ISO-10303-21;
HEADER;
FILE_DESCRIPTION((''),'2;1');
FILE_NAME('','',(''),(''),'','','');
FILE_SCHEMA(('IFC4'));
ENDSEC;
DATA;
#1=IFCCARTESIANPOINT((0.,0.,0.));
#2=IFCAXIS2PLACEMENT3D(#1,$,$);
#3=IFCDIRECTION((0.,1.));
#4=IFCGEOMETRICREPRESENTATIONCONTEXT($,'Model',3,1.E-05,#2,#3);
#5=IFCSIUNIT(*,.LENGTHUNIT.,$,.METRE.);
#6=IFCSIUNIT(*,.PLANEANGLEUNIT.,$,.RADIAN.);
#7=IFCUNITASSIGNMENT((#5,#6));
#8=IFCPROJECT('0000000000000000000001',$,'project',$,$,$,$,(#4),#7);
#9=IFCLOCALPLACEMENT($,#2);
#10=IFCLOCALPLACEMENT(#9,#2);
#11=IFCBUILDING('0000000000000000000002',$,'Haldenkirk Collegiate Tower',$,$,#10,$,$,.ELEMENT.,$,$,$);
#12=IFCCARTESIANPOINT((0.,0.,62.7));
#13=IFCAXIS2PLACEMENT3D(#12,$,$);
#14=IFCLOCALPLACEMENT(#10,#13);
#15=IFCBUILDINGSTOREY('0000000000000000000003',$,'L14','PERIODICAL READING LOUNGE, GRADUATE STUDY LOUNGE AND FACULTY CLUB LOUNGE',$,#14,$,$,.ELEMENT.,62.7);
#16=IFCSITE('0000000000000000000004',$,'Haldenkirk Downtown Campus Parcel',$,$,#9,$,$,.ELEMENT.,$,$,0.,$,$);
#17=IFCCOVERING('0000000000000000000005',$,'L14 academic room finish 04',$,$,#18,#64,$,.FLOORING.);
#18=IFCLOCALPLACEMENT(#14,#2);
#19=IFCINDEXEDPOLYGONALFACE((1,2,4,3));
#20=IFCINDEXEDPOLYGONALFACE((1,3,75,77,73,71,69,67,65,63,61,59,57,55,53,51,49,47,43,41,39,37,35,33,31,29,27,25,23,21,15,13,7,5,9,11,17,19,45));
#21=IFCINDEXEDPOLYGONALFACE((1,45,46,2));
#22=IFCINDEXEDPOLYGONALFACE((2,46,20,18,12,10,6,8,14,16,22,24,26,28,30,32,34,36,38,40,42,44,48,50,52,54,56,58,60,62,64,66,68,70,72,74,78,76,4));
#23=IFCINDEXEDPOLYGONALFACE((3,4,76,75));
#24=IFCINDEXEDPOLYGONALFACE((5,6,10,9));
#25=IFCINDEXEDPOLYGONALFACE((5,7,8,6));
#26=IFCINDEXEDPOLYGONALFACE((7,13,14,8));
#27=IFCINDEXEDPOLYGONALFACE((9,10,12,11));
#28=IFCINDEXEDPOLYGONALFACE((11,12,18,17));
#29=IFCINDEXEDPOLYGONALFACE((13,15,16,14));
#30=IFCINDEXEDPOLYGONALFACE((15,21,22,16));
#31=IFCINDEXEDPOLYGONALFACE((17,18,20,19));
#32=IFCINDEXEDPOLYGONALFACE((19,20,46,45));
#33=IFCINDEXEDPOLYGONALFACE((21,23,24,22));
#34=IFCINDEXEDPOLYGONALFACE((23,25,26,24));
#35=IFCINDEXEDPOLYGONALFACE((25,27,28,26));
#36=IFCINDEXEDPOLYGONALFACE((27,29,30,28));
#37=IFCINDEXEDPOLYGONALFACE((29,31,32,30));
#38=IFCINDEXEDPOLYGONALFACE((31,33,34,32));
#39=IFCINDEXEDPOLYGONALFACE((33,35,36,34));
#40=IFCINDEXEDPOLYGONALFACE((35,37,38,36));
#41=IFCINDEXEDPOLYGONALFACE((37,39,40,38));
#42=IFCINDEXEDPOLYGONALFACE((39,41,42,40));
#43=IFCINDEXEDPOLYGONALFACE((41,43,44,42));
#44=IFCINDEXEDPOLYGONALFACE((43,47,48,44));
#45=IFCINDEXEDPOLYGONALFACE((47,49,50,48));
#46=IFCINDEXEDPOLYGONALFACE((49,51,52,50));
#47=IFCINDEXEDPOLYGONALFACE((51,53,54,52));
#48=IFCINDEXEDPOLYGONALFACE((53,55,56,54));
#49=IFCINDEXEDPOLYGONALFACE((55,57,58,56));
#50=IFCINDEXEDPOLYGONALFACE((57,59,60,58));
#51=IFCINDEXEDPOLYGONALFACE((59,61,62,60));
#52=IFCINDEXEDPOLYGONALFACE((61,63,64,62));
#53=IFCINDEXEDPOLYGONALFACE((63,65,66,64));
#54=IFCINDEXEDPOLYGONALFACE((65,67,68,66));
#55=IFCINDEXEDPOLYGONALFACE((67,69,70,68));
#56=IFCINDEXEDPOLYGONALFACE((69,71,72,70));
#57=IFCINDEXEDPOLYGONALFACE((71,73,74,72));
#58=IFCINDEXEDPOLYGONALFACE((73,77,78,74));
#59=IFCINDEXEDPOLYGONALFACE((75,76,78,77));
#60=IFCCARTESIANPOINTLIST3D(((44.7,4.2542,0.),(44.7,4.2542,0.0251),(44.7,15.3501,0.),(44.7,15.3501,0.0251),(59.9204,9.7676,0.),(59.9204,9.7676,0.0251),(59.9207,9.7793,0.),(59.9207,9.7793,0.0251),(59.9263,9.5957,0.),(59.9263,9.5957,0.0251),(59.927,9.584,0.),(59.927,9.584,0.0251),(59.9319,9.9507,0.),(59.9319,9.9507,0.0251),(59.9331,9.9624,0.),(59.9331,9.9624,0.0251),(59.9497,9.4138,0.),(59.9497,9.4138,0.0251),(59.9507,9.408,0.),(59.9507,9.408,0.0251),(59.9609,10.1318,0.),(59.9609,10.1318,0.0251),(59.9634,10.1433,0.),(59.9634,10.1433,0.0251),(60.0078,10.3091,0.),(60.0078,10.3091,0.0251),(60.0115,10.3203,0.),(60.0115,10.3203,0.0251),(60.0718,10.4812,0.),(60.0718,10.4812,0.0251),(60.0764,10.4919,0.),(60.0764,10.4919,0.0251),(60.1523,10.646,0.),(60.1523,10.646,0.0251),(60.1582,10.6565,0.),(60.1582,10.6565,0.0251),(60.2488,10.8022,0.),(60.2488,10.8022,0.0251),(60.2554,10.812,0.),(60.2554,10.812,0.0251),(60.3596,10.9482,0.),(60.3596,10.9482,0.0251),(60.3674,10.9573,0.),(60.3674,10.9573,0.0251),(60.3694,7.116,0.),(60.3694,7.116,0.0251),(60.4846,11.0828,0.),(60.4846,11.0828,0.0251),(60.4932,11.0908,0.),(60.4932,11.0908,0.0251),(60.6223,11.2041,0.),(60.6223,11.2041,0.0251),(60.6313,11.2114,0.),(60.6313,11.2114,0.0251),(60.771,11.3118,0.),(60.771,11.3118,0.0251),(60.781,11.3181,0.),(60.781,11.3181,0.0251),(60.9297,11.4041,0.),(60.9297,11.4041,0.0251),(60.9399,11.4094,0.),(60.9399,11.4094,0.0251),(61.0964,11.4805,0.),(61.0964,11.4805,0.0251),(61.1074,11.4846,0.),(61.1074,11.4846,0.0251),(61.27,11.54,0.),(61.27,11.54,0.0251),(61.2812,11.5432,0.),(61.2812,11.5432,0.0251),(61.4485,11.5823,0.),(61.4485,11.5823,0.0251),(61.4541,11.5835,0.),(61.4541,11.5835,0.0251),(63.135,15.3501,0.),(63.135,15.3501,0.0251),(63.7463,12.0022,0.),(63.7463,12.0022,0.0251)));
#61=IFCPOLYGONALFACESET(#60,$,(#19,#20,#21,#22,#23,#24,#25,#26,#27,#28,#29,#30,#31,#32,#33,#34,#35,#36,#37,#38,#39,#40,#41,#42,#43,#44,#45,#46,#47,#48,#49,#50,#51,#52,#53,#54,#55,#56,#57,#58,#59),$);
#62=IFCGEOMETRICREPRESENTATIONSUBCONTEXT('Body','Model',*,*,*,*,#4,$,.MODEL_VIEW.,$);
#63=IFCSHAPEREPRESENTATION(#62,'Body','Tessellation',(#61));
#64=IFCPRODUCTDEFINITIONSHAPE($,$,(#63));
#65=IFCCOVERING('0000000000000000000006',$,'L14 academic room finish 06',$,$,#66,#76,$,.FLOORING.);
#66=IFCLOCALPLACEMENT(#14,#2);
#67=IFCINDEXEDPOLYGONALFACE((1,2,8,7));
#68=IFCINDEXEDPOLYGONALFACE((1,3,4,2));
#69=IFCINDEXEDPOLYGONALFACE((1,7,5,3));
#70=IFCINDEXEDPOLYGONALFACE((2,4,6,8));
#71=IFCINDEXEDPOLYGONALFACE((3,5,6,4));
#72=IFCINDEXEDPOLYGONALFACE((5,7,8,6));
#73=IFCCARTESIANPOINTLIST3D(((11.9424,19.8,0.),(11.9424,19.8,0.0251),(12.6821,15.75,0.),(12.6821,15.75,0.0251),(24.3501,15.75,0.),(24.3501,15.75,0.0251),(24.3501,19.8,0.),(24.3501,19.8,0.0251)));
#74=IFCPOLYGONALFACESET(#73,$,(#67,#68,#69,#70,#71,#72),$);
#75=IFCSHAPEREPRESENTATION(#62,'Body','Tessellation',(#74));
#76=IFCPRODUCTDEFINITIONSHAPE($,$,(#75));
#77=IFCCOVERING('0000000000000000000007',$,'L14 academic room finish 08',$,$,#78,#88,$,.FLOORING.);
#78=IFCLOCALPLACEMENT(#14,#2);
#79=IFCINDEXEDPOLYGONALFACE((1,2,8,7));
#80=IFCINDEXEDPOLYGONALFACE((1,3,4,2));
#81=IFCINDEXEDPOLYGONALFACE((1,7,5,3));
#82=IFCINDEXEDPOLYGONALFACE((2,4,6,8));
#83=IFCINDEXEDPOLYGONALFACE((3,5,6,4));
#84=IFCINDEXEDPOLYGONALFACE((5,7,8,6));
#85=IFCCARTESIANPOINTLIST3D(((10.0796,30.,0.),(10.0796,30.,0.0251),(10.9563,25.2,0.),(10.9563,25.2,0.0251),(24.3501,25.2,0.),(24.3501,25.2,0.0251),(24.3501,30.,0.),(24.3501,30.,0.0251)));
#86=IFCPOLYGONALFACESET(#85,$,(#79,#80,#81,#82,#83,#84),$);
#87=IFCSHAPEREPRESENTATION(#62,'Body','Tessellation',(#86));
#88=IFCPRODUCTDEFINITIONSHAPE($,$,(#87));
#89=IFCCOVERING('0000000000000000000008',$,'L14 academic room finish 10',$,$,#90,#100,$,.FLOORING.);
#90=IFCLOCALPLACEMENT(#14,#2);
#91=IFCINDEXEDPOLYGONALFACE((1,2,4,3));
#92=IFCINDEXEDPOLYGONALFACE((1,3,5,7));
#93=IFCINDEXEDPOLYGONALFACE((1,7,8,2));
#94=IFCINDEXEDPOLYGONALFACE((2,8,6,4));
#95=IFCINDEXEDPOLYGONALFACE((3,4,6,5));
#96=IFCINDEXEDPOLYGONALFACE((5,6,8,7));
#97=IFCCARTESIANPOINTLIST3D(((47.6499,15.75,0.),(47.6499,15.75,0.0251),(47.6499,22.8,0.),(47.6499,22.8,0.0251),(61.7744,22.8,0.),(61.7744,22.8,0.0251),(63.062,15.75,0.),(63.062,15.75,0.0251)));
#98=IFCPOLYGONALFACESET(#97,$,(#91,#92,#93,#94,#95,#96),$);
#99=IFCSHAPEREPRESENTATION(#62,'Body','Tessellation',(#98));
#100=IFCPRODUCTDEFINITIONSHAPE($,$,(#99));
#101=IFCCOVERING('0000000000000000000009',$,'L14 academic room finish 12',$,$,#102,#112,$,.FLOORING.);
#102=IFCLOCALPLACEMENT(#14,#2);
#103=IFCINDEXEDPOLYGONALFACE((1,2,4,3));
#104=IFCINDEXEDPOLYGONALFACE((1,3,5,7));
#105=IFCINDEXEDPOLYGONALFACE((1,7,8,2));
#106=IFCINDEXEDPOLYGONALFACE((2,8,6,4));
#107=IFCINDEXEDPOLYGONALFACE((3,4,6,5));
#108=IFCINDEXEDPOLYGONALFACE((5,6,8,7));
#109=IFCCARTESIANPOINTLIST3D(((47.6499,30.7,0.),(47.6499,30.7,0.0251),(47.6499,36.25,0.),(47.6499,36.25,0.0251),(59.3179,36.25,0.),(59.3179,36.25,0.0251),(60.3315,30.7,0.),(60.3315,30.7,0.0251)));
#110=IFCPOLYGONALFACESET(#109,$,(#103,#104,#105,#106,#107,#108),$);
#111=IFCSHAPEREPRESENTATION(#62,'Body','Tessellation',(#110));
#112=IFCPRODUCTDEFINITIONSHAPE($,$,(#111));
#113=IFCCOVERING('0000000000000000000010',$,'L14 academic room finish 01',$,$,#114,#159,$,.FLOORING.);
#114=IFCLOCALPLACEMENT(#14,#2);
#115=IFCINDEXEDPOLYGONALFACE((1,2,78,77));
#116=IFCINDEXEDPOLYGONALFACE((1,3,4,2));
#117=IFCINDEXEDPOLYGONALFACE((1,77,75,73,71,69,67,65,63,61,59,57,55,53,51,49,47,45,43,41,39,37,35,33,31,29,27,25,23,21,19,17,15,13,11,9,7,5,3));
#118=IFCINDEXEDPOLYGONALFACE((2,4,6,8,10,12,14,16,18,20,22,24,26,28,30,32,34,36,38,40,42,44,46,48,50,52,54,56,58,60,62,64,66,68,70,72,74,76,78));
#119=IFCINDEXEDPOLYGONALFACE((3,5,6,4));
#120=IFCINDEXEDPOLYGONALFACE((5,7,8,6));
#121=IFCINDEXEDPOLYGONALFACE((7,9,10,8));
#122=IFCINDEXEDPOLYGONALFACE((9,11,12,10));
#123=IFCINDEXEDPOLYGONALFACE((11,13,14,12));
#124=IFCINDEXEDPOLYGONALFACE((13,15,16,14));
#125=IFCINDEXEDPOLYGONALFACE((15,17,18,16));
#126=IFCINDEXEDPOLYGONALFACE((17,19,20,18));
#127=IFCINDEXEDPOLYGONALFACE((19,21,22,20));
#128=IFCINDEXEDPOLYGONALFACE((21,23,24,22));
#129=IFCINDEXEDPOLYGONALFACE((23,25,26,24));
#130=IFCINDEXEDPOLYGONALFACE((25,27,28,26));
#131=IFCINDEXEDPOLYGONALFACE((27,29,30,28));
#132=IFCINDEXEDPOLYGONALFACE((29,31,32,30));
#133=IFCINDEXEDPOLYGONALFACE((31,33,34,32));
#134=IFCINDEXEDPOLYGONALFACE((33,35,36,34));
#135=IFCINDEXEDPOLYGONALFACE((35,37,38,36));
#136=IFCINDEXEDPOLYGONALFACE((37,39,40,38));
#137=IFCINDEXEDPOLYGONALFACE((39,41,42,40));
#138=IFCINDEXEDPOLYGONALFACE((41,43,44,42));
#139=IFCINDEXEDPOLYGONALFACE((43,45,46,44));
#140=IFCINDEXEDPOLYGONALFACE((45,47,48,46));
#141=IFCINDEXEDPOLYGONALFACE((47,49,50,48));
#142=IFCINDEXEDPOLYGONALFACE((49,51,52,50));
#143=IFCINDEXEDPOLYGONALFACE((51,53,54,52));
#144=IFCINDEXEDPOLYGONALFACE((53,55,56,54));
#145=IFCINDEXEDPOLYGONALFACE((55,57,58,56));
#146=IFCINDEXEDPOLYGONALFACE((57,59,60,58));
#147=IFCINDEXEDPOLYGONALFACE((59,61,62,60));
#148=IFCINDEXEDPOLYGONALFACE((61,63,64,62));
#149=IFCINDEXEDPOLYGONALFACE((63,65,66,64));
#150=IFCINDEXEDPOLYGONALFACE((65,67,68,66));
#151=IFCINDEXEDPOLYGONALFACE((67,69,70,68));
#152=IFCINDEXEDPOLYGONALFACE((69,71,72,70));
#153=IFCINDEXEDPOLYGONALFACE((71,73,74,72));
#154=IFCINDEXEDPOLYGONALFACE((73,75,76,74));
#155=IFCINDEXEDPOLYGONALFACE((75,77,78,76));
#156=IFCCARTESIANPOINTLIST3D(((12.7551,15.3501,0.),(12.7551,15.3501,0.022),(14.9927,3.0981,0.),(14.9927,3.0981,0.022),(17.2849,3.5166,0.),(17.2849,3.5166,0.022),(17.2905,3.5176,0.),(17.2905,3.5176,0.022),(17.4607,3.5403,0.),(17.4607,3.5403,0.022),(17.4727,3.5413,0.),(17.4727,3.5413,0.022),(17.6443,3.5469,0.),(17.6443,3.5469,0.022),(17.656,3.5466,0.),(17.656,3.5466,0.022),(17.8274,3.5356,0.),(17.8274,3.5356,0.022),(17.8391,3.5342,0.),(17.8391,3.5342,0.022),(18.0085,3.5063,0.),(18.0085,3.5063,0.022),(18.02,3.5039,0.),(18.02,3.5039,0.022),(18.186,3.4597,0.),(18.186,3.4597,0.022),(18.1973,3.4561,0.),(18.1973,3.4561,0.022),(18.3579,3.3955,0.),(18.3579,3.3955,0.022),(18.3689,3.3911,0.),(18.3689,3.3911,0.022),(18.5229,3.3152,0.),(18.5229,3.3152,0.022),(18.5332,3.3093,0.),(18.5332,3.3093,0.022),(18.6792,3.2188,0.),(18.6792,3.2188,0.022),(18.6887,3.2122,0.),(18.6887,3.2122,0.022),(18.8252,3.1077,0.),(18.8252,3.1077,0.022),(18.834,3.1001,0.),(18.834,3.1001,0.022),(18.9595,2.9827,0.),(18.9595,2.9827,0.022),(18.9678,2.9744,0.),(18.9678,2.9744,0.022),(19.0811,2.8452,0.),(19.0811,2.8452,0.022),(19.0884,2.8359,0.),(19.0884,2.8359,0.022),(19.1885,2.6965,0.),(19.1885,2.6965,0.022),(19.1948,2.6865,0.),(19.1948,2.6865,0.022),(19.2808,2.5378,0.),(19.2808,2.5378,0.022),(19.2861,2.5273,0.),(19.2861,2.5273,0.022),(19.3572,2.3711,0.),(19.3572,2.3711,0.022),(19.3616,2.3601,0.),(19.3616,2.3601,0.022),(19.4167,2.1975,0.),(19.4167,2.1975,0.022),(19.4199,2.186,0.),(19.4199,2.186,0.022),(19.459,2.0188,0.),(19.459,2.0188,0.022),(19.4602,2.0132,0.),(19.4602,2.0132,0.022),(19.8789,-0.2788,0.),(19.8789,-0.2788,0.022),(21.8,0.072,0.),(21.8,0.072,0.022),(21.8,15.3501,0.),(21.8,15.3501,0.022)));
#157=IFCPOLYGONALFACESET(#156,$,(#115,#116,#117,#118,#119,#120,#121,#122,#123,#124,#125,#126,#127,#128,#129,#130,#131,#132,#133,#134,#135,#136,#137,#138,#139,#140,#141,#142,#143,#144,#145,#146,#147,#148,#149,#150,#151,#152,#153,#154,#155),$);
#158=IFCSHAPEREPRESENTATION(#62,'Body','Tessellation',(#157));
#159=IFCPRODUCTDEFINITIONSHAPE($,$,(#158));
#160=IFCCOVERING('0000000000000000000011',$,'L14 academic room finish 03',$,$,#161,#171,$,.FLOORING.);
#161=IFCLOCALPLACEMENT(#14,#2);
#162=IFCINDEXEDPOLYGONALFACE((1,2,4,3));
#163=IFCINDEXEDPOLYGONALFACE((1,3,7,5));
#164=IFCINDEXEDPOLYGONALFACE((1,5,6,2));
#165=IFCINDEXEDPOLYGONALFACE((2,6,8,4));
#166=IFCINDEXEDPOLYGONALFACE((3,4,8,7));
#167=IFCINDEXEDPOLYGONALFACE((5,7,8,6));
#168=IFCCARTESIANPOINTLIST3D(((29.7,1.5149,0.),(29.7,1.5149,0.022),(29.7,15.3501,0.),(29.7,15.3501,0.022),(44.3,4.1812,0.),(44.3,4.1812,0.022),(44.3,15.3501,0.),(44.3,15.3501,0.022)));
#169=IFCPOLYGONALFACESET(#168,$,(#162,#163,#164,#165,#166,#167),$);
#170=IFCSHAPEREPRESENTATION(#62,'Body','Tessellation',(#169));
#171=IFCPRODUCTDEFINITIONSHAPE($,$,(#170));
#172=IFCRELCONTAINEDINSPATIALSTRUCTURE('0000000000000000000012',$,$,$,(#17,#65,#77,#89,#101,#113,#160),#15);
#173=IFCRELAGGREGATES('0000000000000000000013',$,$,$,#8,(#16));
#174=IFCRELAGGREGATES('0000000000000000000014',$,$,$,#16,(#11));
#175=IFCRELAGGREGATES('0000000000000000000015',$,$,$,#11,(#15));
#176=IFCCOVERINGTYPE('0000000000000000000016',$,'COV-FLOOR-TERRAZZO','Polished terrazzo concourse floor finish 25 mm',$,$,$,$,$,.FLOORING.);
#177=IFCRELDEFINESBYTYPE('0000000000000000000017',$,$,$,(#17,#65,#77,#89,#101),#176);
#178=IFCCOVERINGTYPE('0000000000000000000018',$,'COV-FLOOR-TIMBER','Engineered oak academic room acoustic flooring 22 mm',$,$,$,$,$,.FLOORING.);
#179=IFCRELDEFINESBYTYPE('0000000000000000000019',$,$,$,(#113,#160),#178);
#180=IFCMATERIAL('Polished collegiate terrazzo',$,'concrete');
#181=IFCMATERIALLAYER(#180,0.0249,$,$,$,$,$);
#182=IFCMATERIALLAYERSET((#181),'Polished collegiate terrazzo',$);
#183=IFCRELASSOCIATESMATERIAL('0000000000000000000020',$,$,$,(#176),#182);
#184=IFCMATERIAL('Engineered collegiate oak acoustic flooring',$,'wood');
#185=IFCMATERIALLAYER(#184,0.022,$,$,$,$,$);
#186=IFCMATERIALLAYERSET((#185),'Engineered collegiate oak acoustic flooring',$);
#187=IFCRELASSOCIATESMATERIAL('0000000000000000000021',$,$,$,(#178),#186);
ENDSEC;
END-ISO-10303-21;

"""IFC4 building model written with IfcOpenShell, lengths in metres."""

from ifc_helpers import new_model, si_unit, direction, frame, origin, place, context, subcontext, project, spatial, polyline, outline, extrude, material, layer, layer_set, type_object, element, save


model = new_model("IFC4")

# Units and contexts
model_context = context("Model", 3, precision=1e-05, world=origin(), true_north=direction((0.0, 1.0)))
body_context = subcontext(model_context, "Body", "Model", "MODEL_VIEW")
ifc_project = project(units=[si_unit("LENGTHUNIT", "METRE"), si_unit("PLANEANGLEUNIT", "RADIAN")], contexts=[model_context])

# Site, building, storey
site_placement = place(None, origin())
site = spatial("IfcSite", under=ifc_project, at=site_placement, Name="Haldenkirk Downtown Campus Parcel", CompositionType="ELEMENT", RefElevation=0.0)
building_placement = place(site_placement, origin())
building = spatial("IfcBuilding", under=site, at=building_placement, Name="Haldenkirk Collegiate Tower", CompositionType="ELEMENT")
storey_placement = place(building_placement, frame((0.0, 0.0, 62.7)))
storey = spatial("IfcBuildingStorey", under=building, at=storey_placement, Name="L14", Description="PERIODICAL READING LOUNGE, GRADUATE STUDY LOUNGE AND FACULTY CLUB LOUNGE", CompositionType="ELEMENT", Elevation=62.7)

# Coverings
ifc_material_1 = material(Name="Polished collegiate terrazzo", Category="concrete")
ifc_layer_1 = layer(ifc_material_1, 0.0249)
ifc_layer_set_1 = layer_set([ifc_layer_1], Name="Polished collegiate terrazzo")
covering_type_1 = type_object("IfcCoveringType", Name="COV-FLOOR-TERRAZZO", Description="Polished terrazzo concourse floor finish 25 mm", PredefinedType="FLOORING", material=ifc_layer_set_1)
covering_1_placement = place(storey_placement, origin())
element("IfcCovering", 1, at=covering_1_placement, inside=storey, type_object=covering_type_1, Name="L14 academic room finish 04", PredefinedType="FLOORING", context=body_context, shape_type="SweptSolid", body=[
    extrude(outline(polyline([(63.7463, 12.0022), (61.4541, 11.5835), (61.4485, 11.5823), (61.2812, 11.5432), (61.27, 11.54), (61.1074, 11.4846), (61.0964, 11.4805), (60.9399, 11.4094), (60.9297, 11.4041), (60.781, 11.3181), (60.771, 11.3118), (60.6313, 11.2114), (60.6223, 11.2041), (60.4932, 11.0908), (60.4846, 11.0828), (60.3674, 10.9573), (60.3596, 10.9482), (60.2554, 10.812), (60.2488, 10.8022), (60.1582, 10.6565), (60.1523, 10.646), (60.0764, 10.4919), (60.0718, 10.4812), (60.0115, 10.3203), (60.0078, 10.3091), (59.9634, 10.1433), (59.9609, 10.1318), (59.9331, 9.9624), (59.9319, 9.9507), (59.9207, 9.7793), (59.9204, 9.7676), (59.9263, 9.5957), (59.927, 9.584), (59.9497, 9.4138), (59.9507, 9.408), (60.3694, 7.116), (44.7, 4.2542), (44.7, 15.3501), (63.135, 15.3501), (63.7463, 12.0022)])), origin(), (0.0, 0.0, 1.0), 0.0251),
])
covering_2_placement = place(storey_placement, origin())
element("IfcCovering", 2, at=covering_2_placement, inside=storey, type_object=covering_type_1, Name="L14 academic room finish 06", PredefinedType="FLOORING", context=body_context, shape_type="SweptSolid", body=[
    extrude(outline(polyline([(11.9424, 19.8), (24.3501, 19.8), (24.3501, 15.75), (12.6821, 15.75), (11.9424, 19.8)])), origin(), (0.0, 0.0, 1.0), 0.0251),
])
covering_3_placement = place(storey_placement, origin())
element("IfcCovering", 3, at=covering_3_placement, inside=storey, type_object=covering_type_1, Name="L14 academic room finish 08", PredefinedType="FLOORING", context=body_context, shape_type="SweptSolid", body=[
    extrude(outline(polyline([(10.0796, 30.0), (24.3501, 30.0), (24.3501, 25.2), (10.9563, 25.2), (10.0796, 30.0)])), origin(), (0.0, 0.0, 1.0), 0.0251),
])
covering_4_placement = place(storey_placement, origin())
element("IfcCovering", 4, at=covering_4_placement, inside=storey, type_object=covering_type_1, Name="L14 academic room finish 10", PredefinedType="FLOORING", context=body_context, shape_type="SweptSolid", body=[
    extrude(outline(polyline([(63.062, 15.75), (47.6499, 15.75), (47.6499, 22.8), (61.7744, 22.8), (63.062, 15.75)])), origin(), (0.0, 0.0, 1.0), 0.0251),
])
covering_5_placement = place(storey_placement, origin())
element("IfcCovering", 5, at=covering_5_placement, inside=storey, type_object=covering_type_1, Name="L14 academic room finish 12", PredefinedType="FLOORING", context=body_context, shape_type="SweptSolid", body=[
    extrude(outline(polyline([(60.3315, 30.7), (47.6499, 30.7), (47.6499, 36.25), (59.3179, 36.25), (60.3315, 30.7)])), origin(), (0.0, 0.0, 1.0), 0.0251),
])
ifc_material_2 = material(Name="Engineered collegiate oak acoustic flooring", Category="wood")
ifc_layer_2 = layer(ifc_material_2, 0.022)
ifc_layer_set_2 = layer_set([ifc_layer_2], Name="Engineered collegiate oak acoustic flooring")
covering_type_2 = type_object("IfcCoveringType", Name="COV-FLOOR-TIMBER", Description="Engineered oak academic room acoustic flooring 22 mm", PredefinedType="FLOORING", material=ifc_layer_set_2)
covering_6_placement = place(storey_placement, origin())
element("IfcCovering", 6, at=covering_6_placement, inside=storey, type_object=covering_type_2, Name="L14 academic room finish 01", PredefinedType="FLOORING", context=body_context, shape_type="SweptSolid", body=[
    extrude(outline(polyline([(19.1948, 2.6865), (19.1885, 2.6965), (19.0884, 2.8359), (19.0811, 2.8452), (18.9678, 2.9744), (18.9595, 2.9827), (18.834, 3.1001), (18.8252, 3.1077), (18.6887, 3.2122), (18.6792, 3.2188), (18.5332, 3.3093), (18.5229, 3.3152), (18.3689, 3.3911), (18.3579, 3.3955), (18.1973, 3.4561), (18.186, 3.4597), (18.02, 3.5039), (18.0085, 3.5063), (17.8391, 3.5342), (17.8274, 3.5356), (17.656, 3.5466), (17.6443, 3.5469), (17.4727, 3.5413), (17.4607, 3.5403), (17.2905, 3.5176), (17.2849, 3.5166), (14.9927, 3.0981), (12.7551, 15.3501), (21.8, 15.3501), (21.8, 0.072), (19.8789, -0.2788), (19.4602, 2.0132), (19.459, 2.0188), (19.4199, 2.186), (19.4167, 2.1975), (19.3616, 2.3601), (19.3572, 2.3711), (19.2861, 2.5273), (19.2808, 2.5378), (19.1948, 2.6865)])), origin(), (0.0, 0.0, 1.0), 0.022),
])
covering_7_placement = place(storey_placement, origin())
element("IfcCovering", 7, at=covering_7_placement, inside=storey, type_object=covering_type_2, Name="L14 academic room finish 03", PredefinedType="FLOORING", context=body_context, shape_type="SweptSolid", body=[
    extrude(outline(polyline([(29.7, 1.5149), (29.7, 15.3501), (44.3, 15.3501), (44.3, 4.1812), (29.7, 1.5149)])), origin(), (0.0, 0.0, 1.0), 0.022),
])

save(model, "model.ifc")
